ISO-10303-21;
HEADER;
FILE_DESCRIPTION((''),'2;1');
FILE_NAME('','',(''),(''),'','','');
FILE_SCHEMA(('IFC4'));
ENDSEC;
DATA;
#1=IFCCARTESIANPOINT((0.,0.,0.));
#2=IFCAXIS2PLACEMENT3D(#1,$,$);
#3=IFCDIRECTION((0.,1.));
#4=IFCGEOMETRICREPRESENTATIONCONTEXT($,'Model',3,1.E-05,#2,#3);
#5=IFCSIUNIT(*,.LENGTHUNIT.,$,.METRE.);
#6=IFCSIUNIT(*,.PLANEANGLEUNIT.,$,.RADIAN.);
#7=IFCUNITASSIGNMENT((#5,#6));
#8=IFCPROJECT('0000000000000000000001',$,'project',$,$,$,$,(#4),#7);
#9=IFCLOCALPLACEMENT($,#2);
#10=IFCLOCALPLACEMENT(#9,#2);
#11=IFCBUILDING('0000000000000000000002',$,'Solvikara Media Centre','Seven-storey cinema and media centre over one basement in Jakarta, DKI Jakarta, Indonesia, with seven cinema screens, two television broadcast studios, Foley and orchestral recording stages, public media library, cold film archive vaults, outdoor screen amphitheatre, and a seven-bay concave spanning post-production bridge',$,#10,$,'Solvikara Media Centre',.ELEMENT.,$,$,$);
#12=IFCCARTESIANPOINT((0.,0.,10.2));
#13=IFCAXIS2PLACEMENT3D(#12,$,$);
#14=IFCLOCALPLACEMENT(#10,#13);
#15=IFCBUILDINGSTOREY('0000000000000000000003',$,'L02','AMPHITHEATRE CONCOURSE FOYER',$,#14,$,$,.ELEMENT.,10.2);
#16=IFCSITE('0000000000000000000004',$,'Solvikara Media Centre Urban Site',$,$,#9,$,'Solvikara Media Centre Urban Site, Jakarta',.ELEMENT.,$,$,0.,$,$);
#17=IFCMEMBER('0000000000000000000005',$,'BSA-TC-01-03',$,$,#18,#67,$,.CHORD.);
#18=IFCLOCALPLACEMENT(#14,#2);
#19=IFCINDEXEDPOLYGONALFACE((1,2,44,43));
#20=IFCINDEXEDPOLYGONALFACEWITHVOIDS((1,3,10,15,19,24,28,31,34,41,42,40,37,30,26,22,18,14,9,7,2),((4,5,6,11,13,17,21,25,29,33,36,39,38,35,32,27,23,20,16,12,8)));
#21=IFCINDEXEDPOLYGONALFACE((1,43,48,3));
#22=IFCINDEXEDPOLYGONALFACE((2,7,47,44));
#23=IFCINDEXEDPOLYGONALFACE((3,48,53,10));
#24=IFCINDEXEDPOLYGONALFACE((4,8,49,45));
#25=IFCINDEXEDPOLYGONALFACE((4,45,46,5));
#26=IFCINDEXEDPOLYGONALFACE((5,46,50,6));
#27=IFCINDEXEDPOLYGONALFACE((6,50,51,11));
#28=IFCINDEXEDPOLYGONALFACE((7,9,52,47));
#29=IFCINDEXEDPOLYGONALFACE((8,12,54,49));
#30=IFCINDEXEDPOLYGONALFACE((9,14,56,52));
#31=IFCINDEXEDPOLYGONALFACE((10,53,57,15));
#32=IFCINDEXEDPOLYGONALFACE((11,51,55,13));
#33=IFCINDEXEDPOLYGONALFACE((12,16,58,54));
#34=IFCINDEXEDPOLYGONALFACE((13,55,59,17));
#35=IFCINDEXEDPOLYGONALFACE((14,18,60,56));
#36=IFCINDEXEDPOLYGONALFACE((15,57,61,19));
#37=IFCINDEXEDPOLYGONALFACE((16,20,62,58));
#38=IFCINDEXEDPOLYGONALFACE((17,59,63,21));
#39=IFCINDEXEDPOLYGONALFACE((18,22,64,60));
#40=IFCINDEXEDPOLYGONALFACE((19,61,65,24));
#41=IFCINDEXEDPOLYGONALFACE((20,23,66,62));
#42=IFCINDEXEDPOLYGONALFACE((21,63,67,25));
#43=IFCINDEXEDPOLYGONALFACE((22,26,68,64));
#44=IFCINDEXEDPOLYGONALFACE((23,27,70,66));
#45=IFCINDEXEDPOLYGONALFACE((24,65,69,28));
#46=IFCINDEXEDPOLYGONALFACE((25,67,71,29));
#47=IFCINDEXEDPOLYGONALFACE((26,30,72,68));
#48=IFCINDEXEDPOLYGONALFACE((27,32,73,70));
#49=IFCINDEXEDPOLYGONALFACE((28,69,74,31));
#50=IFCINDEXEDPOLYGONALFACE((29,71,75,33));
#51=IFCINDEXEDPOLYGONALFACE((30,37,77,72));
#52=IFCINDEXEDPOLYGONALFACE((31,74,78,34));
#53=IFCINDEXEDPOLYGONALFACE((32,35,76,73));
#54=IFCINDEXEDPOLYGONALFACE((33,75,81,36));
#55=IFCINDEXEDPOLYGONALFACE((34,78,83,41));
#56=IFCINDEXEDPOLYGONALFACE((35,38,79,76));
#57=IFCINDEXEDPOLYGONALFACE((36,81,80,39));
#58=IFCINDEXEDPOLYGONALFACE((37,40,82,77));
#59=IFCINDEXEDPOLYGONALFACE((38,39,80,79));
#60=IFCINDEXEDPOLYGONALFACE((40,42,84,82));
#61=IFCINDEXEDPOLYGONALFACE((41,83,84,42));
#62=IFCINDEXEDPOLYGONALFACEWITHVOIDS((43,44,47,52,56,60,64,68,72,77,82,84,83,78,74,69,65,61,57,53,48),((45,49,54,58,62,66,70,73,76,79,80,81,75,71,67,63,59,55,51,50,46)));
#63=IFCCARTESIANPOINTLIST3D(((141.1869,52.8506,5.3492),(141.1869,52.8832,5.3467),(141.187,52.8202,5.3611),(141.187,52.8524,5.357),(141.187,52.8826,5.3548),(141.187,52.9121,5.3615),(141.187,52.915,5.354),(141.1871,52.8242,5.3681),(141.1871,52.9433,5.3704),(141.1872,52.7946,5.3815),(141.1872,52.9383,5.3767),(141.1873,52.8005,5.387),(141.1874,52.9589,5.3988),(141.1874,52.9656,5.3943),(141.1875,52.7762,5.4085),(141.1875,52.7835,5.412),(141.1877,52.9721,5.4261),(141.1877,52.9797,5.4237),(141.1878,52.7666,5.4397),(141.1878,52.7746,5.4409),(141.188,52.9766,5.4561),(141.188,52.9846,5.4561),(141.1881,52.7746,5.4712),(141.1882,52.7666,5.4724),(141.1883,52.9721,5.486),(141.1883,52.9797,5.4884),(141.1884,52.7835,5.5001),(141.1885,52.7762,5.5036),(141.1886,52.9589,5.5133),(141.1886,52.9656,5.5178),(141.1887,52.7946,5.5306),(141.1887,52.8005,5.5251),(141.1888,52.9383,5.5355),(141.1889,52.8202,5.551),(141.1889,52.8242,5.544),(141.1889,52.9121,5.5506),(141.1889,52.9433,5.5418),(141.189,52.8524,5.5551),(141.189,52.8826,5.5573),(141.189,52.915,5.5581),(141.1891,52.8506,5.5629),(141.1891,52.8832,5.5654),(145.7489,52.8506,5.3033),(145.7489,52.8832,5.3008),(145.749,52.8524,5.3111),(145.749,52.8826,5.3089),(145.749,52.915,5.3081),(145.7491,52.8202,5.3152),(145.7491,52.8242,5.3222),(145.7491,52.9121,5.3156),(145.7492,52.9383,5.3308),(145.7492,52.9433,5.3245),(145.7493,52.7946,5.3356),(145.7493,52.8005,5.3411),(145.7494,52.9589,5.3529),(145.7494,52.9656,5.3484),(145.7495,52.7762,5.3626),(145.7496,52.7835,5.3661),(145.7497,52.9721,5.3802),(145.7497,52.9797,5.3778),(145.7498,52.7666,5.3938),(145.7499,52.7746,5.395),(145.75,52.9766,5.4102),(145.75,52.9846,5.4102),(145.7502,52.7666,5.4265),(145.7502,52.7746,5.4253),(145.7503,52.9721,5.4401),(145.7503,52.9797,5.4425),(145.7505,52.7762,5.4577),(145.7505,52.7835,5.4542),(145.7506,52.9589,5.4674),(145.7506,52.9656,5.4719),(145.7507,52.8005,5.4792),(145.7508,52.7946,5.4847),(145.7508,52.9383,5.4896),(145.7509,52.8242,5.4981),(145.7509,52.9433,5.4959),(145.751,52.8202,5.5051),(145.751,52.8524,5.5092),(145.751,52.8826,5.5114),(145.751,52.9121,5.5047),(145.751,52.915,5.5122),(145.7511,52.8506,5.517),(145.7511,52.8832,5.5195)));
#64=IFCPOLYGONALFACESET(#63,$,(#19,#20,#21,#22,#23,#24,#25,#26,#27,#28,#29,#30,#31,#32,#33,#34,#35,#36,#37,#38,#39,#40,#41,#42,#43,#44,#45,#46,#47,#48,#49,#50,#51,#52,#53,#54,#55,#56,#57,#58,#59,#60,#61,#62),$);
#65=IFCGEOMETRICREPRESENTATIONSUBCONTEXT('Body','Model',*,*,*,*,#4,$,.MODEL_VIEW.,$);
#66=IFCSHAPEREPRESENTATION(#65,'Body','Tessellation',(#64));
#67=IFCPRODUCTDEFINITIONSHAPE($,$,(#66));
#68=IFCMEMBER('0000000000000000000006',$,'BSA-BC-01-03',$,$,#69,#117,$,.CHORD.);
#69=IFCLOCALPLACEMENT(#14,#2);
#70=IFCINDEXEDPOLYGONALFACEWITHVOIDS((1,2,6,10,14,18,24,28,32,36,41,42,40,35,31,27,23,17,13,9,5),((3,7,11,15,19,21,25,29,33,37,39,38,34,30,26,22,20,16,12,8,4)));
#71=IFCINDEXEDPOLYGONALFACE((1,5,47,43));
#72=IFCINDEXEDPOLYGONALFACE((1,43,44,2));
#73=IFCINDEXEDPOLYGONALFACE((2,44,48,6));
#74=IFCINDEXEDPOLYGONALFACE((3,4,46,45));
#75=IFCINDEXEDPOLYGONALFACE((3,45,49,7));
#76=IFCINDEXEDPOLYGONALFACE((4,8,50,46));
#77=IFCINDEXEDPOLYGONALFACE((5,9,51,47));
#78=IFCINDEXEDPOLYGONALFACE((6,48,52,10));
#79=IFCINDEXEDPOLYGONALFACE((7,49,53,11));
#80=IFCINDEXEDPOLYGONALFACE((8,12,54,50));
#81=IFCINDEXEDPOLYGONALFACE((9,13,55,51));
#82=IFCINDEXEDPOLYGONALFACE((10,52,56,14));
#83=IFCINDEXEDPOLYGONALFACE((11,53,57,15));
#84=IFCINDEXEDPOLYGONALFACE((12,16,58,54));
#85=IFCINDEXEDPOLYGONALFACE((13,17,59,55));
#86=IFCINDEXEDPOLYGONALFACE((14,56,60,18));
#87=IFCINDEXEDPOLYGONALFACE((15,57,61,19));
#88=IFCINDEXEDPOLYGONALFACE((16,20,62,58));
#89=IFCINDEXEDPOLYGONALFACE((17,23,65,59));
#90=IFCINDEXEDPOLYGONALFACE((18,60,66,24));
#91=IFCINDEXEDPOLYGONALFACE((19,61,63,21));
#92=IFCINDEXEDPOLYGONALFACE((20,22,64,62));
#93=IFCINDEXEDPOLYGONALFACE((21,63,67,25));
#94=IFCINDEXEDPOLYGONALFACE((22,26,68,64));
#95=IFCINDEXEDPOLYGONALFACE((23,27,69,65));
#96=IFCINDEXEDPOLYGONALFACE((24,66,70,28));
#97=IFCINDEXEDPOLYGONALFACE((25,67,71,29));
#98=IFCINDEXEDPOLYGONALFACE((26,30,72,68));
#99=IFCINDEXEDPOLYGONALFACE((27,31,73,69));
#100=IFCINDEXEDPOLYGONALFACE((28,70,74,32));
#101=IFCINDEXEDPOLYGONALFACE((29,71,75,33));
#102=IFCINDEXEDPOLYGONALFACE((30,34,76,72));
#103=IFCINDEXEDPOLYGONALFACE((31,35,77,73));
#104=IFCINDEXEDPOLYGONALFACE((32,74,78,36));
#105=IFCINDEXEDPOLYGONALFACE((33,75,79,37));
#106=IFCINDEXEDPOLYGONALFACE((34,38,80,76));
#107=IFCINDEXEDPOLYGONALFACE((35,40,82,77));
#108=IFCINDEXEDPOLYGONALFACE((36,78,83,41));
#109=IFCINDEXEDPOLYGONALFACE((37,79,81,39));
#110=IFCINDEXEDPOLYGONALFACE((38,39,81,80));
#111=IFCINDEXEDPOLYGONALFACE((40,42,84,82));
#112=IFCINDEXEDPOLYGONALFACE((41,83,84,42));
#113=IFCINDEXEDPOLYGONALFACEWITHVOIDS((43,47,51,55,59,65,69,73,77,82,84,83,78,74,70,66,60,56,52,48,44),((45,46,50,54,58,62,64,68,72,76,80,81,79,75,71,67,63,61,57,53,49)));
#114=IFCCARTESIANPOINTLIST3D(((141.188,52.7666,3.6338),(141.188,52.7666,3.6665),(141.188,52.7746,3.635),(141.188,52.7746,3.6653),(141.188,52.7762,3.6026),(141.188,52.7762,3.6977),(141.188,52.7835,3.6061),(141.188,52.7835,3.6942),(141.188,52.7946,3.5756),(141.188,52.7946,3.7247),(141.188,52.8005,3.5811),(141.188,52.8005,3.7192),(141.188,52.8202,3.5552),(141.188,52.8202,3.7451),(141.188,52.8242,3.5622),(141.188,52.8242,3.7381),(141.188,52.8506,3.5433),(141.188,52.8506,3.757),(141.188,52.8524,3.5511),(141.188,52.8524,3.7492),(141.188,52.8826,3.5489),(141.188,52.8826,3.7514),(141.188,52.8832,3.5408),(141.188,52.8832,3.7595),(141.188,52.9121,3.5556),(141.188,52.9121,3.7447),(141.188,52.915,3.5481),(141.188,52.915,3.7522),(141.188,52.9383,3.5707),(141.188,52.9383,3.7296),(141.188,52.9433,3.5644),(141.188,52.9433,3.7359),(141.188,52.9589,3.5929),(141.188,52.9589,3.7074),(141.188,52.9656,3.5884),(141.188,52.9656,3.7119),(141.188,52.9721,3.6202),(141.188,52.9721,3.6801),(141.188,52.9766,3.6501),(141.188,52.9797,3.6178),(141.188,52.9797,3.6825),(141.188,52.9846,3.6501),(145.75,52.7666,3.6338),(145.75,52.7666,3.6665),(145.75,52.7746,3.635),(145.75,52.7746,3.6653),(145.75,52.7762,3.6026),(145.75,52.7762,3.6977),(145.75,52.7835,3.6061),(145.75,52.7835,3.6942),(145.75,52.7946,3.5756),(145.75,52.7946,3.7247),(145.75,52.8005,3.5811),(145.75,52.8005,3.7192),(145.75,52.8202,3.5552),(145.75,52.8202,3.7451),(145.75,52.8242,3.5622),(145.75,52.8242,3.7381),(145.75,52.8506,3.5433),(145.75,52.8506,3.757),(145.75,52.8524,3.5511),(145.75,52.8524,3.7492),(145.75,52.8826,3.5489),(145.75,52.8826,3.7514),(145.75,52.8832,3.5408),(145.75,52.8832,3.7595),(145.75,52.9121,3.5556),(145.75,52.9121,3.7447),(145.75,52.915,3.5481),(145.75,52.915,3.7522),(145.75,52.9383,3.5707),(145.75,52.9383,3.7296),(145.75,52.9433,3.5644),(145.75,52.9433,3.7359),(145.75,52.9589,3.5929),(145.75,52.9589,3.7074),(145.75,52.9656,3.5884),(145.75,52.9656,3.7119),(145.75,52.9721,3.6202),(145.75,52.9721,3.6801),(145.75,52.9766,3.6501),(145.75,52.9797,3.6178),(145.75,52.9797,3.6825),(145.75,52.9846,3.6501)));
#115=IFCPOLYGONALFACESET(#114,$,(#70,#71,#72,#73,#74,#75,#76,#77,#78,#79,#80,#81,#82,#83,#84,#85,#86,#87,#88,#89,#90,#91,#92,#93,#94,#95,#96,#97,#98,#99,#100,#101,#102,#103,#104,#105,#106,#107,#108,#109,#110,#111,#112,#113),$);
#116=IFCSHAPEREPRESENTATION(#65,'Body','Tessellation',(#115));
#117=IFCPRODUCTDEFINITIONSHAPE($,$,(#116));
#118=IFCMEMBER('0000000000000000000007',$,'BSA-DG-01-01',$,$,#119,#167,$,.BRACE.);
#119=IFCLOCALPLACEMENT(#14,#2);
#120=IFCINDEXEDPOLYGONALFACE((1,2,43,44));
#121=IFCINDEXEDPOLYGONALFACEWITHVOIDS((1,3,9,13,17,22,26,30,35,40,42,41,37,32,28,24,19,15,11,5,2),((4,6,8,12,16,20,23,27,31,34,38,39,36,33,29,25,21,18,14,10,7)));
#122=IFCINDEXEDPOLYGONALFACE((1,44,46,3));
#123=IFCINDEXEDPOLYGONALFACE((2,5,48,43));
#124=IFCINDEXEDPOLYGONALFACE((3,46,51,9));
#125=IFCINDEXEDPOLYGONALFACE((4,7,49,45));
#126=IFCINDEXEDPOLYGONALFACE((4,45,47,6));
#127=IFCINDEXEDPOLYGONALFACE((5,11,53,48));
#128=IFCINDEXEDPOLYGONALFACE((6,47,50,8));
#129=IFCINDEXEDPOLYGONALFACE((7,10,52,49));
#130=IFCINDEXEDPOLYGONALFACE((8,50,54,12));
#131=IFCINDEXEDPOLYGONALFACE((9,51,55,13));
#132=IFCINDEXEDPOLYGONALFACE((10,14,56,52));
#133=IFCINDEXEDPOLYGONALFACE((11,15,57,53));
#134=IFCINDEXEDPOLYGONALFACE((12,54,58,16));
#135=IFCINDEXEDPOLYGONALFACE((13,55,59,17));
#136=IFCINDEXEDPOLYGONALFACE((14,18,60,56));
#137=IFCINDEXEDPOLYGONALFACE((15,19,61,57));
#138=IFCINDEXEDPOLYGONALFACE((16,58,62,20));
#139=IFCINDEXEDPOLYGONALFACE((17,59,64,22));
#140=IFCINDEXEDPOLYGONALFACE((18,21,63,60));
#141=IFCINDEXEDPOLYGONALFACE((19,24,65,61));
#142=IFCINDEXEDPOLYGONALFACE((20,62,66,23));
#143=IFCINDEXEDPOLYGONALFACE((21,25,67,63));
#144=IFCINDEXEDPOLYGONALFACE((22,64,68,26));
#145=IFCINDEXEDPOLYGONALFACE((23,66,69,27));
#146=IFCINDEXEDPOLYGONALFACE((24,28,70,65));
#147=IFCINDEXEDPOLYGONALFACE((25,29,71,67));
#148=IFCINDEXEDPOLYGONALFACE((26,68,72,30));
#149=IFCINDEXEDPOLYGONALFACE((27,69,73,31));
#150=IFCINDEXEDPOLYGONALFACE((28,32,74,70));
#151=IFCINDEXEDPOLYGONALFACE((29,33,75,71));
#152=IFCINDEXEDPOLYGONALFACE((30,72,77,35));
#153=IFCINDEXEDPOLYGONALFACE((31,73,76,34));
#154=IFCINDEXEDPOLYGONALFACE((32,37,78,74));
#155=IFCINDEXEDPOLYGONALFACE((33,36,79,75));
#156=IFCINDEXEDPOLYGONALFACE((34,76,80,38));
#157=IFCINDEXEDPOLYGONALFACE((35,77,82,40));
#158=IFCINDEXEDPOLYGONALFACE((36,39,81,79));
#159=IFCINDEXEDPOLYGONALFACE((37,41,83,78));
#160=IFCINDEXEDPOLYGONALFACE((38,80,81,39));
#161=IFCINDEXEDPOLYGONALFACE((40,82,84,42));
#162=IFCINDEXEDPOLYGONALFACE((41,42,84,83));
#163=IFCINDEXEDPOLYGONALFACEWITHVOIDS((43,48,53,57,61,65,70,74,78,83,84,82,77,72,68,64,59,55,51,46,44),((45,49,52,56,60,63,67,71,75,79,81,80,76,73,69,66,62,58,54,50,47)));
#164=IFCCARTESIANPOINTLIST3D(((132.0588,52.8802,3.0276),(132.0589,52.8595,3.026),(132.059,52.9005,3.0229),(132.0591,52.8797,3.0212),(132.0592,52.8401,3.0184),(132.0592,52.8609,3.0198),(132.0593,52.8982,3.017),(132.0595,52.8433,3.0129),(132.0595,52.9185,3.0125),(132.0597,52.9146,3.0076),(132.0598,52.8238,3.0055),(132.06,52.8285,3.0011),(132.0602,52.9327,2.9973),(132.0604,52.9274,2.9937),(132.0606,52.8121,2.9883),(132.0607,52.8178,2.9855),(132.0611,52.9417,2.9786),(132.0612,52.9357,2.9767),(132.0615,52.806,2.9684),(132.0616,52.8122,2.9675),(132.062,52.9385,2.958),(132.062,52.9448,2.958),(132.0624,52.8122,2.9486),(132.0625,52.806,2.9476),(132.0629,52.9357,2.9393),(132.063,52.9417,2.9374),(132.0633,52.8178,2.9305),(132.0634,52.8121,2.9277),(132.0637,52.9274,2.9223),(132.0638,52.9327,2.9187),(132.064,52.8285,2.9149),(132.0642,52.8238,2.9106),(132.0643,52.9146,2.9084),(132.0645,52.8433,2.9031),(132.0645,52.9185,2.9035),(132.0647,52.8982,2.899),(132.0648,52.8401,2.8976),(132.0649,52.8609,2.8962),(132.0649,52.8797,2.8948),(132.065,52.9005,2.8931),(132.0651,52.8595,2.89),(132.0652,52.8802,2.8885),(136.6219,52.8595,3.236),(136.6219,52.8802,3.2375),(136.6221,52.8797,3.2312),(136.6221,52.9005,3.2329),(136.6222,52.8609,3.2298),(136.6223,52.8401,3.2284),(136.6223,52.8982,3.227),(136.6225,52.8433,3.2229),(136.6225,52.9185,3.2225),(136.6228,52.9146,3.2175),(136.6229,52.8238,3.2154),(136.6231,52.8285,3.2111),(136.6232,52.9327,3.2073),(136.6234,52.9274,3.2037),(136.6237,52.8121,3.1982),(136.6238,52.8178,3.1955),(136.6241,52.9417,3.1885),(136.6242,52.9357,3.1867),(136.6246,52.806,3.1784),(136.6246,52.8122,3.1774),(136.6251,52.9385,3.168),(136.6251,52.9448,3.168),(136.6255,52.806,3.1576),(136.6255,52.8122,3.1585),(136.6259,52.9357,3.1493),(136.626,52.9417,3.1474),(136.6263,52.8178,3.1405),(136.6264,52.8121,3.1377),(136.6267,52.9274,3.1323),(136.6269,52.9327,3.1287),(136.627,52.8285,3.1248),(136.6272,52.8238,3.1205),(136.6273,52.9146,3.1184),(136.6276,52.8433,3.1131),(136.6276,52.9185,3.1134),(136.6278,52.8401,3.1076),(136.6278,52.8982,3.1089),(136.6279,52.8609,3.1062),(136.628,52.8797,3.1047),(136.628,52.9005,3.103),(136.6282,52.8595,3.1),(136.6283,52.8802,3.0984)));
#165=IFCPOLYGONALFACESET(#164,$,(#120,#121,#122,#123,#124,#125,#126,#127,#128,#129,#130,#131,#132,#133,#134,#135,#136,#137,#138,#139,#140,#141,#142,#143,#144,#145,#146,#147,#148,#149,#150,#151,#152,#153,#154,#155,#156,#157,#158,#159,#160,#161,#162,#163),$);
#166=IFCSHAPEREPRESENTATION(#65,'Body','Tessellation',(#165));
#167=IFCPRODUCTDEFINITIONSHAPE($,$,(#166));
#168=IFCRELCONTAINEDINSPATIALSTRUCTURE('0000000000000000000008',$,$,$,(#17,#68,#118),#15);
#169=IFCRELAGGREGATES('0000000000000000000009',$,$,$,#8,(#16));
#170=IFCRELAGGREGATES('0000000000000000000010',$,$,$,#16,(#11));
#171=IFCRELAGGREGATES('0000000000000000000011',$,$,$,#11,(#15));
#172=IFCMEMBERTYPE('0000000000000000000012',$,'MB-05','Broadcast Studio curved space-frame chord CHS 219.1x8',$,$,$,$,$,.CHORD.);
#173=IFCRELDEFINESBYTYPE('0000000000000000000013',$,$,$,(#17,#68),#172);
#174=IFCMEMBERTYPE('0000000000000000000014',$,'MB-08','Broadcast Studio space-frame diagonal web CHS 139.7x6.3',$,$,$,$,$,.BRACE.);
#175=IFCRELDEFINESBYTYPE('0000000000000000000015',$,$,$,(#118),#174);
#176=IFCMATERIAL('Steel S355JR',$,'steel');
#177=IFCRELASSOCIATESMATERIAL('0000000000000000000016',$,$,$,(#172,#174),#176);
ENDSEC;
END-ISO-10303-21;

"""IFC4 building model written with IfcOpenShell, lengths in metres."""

from ifc_helpers import new_model, si_unit, direction, frame, origin, origin_2d, place, context, subcontext, project, spatial, hollow_circle, extrude, material, material_profile, profile_set, type_object, element, save


model = new_model("IFC4")

# Units and contexts
model_context = context("Model", 3, precision=1e-05, world=origin(), true_north=direction((0.0, 1.0)))
body_context = subcontext(model_context, "Body", "Model", "MODEL_VIEW")
ifc_project = project(units=[si_unit("LENGTHUNIT", "METRE"), si_unit("PLANEANGLEUNIT", "RADIAN")], contexts=[model_context])

# Site, building, storey
site_placement = place(None, origin())
site = spatial("IfcSite", under=ifc_project, at=site_placement, Name="Solvikara Media Centre Urban Site", LongName="Solvikara Media Centre Urban Site, Jakarta", CompositionType="ELEMENT", RefElevation=0.0)
building_placement = place(site_placement, origin())
building = spatial("IfcBuilding", under=site, at=building_placement, Name="Solvikara Media Centre", Description="Seven-storey cinema and media centre over one basement in Jakarta, DKI Jakarta, Indonesia, with seven cinema screens, two television broadcast studios, Foley and orchestral recording stages, public media library, cold film archive vaults, outdoor screen amphitheatre, and a seven-bay concave spanning post-production bridge", LongName="Solvikara Media Centre", CompositionType="ELEMENT")
storey_placement = place(building_placement, frame((0.0, 0.0, 10.2)))
storey = spatial("IfcBuildingStorey", under=building, at=storey_placement, Name="L02", Description="AMPHITHEATRE CONCOURSE FOYER", CompositionType="ELEMENT", Elevation=10.2)

# Members
ifc_material_1 = material(Name="Steel S355JR", Category="steel")
ifc_material_profile_1 = material_profile(ifc_material_1, hollow_circle(Radius=0.1096, WallThickness=0.0081, at=origin_2d()), Name="CHS 219.1x8")
ifc_profile_set_1 = profile_set([ifc_material_profile_1], Name="Steel S355JR")
member_type_1 = type_object("IfcMemberType", Name="MB-05", Description="Broadcast Studio curved space-frame chord CHS 219.1x8", PredefinedType="CHORD", material=ifc_profile_set_1)
member_1_placement = place(storey_placement, frame((141.188, 52.875, 5.4561), z_axis=(0.999949, 0.0, -0.01006), x_axis=(0.0, 1.0, 0.0)))
element("IfcMember", 1, at=member_1_placement, inside=storey, type_object=member_type_1, Name="BSA-TC-01-03", PredefinedType="CHORD", context=body_context, shape_type="SweptSolid", body=[
    extrude(hollow_circle(Radius=0.1096, WallThickness=0.0081, at=origin_2d()), origin(), (0.0, 0.0, 1.0), 4.5623),
])
member_2_placement = place(storey_placement, frame((141.188, 52.875, 3.6501), z_axis=(1.0, 0.0, 0.0), x_axis=(0.0, 1.0, 0.0)))
element("IfcMember", 2, at=member_2_placement, inside=storey, type_object=member_type_1, Name="BSA-BC-01-03", PredefinedType="CHORD", context=body_context, shape_type="SweptSolid", body=[
    extrude(hollow_circle(Radius=0.1096, WallThickness=0.0081, at=origin_2d()), origin(), (0.0, 0.0, 1.0), 4.562),
])
ifc_material_profile_2 = material_profile(ifc_material_1, hollow_circle(Radius=0.0698, WallThickness=0.0063, at=origin_2d()), Name="CHS 139.7x6.3")
ifc_profile_set_2 = profile_set([ifc_material_profile_2], Name="Steel S355JR")
member_type_2 = type_object("IfcMemberType", Name="MB-08", Description="Broadcast Studio space-frame diagonal web CHS 139.7x6.3", PredefinedType="BRACE", material=ifc_profile_set_2)
member_3_placement = place(storey_placement, frame((132.062, 52.875, 2.958), z_axis=(0.998943, 0.0, 0.045965), x_axis=(0.0, 1.0, 0.0)))
element("IfcMember", 3, at=member_3_placement, inside=storey, type_object=member_type_2, Name="BSA-DG-01-01", PredefinedType="BRACE", context=body_context, shape_type="SweptSolid", body=[
    extrude(hollow_circle(Radius=0.0698, WallThickness=0.0063, at=origin_2d()), origin(), (0.0, 0.0, 1.0), 4.5679),
])

save(model, "model.ifc")
